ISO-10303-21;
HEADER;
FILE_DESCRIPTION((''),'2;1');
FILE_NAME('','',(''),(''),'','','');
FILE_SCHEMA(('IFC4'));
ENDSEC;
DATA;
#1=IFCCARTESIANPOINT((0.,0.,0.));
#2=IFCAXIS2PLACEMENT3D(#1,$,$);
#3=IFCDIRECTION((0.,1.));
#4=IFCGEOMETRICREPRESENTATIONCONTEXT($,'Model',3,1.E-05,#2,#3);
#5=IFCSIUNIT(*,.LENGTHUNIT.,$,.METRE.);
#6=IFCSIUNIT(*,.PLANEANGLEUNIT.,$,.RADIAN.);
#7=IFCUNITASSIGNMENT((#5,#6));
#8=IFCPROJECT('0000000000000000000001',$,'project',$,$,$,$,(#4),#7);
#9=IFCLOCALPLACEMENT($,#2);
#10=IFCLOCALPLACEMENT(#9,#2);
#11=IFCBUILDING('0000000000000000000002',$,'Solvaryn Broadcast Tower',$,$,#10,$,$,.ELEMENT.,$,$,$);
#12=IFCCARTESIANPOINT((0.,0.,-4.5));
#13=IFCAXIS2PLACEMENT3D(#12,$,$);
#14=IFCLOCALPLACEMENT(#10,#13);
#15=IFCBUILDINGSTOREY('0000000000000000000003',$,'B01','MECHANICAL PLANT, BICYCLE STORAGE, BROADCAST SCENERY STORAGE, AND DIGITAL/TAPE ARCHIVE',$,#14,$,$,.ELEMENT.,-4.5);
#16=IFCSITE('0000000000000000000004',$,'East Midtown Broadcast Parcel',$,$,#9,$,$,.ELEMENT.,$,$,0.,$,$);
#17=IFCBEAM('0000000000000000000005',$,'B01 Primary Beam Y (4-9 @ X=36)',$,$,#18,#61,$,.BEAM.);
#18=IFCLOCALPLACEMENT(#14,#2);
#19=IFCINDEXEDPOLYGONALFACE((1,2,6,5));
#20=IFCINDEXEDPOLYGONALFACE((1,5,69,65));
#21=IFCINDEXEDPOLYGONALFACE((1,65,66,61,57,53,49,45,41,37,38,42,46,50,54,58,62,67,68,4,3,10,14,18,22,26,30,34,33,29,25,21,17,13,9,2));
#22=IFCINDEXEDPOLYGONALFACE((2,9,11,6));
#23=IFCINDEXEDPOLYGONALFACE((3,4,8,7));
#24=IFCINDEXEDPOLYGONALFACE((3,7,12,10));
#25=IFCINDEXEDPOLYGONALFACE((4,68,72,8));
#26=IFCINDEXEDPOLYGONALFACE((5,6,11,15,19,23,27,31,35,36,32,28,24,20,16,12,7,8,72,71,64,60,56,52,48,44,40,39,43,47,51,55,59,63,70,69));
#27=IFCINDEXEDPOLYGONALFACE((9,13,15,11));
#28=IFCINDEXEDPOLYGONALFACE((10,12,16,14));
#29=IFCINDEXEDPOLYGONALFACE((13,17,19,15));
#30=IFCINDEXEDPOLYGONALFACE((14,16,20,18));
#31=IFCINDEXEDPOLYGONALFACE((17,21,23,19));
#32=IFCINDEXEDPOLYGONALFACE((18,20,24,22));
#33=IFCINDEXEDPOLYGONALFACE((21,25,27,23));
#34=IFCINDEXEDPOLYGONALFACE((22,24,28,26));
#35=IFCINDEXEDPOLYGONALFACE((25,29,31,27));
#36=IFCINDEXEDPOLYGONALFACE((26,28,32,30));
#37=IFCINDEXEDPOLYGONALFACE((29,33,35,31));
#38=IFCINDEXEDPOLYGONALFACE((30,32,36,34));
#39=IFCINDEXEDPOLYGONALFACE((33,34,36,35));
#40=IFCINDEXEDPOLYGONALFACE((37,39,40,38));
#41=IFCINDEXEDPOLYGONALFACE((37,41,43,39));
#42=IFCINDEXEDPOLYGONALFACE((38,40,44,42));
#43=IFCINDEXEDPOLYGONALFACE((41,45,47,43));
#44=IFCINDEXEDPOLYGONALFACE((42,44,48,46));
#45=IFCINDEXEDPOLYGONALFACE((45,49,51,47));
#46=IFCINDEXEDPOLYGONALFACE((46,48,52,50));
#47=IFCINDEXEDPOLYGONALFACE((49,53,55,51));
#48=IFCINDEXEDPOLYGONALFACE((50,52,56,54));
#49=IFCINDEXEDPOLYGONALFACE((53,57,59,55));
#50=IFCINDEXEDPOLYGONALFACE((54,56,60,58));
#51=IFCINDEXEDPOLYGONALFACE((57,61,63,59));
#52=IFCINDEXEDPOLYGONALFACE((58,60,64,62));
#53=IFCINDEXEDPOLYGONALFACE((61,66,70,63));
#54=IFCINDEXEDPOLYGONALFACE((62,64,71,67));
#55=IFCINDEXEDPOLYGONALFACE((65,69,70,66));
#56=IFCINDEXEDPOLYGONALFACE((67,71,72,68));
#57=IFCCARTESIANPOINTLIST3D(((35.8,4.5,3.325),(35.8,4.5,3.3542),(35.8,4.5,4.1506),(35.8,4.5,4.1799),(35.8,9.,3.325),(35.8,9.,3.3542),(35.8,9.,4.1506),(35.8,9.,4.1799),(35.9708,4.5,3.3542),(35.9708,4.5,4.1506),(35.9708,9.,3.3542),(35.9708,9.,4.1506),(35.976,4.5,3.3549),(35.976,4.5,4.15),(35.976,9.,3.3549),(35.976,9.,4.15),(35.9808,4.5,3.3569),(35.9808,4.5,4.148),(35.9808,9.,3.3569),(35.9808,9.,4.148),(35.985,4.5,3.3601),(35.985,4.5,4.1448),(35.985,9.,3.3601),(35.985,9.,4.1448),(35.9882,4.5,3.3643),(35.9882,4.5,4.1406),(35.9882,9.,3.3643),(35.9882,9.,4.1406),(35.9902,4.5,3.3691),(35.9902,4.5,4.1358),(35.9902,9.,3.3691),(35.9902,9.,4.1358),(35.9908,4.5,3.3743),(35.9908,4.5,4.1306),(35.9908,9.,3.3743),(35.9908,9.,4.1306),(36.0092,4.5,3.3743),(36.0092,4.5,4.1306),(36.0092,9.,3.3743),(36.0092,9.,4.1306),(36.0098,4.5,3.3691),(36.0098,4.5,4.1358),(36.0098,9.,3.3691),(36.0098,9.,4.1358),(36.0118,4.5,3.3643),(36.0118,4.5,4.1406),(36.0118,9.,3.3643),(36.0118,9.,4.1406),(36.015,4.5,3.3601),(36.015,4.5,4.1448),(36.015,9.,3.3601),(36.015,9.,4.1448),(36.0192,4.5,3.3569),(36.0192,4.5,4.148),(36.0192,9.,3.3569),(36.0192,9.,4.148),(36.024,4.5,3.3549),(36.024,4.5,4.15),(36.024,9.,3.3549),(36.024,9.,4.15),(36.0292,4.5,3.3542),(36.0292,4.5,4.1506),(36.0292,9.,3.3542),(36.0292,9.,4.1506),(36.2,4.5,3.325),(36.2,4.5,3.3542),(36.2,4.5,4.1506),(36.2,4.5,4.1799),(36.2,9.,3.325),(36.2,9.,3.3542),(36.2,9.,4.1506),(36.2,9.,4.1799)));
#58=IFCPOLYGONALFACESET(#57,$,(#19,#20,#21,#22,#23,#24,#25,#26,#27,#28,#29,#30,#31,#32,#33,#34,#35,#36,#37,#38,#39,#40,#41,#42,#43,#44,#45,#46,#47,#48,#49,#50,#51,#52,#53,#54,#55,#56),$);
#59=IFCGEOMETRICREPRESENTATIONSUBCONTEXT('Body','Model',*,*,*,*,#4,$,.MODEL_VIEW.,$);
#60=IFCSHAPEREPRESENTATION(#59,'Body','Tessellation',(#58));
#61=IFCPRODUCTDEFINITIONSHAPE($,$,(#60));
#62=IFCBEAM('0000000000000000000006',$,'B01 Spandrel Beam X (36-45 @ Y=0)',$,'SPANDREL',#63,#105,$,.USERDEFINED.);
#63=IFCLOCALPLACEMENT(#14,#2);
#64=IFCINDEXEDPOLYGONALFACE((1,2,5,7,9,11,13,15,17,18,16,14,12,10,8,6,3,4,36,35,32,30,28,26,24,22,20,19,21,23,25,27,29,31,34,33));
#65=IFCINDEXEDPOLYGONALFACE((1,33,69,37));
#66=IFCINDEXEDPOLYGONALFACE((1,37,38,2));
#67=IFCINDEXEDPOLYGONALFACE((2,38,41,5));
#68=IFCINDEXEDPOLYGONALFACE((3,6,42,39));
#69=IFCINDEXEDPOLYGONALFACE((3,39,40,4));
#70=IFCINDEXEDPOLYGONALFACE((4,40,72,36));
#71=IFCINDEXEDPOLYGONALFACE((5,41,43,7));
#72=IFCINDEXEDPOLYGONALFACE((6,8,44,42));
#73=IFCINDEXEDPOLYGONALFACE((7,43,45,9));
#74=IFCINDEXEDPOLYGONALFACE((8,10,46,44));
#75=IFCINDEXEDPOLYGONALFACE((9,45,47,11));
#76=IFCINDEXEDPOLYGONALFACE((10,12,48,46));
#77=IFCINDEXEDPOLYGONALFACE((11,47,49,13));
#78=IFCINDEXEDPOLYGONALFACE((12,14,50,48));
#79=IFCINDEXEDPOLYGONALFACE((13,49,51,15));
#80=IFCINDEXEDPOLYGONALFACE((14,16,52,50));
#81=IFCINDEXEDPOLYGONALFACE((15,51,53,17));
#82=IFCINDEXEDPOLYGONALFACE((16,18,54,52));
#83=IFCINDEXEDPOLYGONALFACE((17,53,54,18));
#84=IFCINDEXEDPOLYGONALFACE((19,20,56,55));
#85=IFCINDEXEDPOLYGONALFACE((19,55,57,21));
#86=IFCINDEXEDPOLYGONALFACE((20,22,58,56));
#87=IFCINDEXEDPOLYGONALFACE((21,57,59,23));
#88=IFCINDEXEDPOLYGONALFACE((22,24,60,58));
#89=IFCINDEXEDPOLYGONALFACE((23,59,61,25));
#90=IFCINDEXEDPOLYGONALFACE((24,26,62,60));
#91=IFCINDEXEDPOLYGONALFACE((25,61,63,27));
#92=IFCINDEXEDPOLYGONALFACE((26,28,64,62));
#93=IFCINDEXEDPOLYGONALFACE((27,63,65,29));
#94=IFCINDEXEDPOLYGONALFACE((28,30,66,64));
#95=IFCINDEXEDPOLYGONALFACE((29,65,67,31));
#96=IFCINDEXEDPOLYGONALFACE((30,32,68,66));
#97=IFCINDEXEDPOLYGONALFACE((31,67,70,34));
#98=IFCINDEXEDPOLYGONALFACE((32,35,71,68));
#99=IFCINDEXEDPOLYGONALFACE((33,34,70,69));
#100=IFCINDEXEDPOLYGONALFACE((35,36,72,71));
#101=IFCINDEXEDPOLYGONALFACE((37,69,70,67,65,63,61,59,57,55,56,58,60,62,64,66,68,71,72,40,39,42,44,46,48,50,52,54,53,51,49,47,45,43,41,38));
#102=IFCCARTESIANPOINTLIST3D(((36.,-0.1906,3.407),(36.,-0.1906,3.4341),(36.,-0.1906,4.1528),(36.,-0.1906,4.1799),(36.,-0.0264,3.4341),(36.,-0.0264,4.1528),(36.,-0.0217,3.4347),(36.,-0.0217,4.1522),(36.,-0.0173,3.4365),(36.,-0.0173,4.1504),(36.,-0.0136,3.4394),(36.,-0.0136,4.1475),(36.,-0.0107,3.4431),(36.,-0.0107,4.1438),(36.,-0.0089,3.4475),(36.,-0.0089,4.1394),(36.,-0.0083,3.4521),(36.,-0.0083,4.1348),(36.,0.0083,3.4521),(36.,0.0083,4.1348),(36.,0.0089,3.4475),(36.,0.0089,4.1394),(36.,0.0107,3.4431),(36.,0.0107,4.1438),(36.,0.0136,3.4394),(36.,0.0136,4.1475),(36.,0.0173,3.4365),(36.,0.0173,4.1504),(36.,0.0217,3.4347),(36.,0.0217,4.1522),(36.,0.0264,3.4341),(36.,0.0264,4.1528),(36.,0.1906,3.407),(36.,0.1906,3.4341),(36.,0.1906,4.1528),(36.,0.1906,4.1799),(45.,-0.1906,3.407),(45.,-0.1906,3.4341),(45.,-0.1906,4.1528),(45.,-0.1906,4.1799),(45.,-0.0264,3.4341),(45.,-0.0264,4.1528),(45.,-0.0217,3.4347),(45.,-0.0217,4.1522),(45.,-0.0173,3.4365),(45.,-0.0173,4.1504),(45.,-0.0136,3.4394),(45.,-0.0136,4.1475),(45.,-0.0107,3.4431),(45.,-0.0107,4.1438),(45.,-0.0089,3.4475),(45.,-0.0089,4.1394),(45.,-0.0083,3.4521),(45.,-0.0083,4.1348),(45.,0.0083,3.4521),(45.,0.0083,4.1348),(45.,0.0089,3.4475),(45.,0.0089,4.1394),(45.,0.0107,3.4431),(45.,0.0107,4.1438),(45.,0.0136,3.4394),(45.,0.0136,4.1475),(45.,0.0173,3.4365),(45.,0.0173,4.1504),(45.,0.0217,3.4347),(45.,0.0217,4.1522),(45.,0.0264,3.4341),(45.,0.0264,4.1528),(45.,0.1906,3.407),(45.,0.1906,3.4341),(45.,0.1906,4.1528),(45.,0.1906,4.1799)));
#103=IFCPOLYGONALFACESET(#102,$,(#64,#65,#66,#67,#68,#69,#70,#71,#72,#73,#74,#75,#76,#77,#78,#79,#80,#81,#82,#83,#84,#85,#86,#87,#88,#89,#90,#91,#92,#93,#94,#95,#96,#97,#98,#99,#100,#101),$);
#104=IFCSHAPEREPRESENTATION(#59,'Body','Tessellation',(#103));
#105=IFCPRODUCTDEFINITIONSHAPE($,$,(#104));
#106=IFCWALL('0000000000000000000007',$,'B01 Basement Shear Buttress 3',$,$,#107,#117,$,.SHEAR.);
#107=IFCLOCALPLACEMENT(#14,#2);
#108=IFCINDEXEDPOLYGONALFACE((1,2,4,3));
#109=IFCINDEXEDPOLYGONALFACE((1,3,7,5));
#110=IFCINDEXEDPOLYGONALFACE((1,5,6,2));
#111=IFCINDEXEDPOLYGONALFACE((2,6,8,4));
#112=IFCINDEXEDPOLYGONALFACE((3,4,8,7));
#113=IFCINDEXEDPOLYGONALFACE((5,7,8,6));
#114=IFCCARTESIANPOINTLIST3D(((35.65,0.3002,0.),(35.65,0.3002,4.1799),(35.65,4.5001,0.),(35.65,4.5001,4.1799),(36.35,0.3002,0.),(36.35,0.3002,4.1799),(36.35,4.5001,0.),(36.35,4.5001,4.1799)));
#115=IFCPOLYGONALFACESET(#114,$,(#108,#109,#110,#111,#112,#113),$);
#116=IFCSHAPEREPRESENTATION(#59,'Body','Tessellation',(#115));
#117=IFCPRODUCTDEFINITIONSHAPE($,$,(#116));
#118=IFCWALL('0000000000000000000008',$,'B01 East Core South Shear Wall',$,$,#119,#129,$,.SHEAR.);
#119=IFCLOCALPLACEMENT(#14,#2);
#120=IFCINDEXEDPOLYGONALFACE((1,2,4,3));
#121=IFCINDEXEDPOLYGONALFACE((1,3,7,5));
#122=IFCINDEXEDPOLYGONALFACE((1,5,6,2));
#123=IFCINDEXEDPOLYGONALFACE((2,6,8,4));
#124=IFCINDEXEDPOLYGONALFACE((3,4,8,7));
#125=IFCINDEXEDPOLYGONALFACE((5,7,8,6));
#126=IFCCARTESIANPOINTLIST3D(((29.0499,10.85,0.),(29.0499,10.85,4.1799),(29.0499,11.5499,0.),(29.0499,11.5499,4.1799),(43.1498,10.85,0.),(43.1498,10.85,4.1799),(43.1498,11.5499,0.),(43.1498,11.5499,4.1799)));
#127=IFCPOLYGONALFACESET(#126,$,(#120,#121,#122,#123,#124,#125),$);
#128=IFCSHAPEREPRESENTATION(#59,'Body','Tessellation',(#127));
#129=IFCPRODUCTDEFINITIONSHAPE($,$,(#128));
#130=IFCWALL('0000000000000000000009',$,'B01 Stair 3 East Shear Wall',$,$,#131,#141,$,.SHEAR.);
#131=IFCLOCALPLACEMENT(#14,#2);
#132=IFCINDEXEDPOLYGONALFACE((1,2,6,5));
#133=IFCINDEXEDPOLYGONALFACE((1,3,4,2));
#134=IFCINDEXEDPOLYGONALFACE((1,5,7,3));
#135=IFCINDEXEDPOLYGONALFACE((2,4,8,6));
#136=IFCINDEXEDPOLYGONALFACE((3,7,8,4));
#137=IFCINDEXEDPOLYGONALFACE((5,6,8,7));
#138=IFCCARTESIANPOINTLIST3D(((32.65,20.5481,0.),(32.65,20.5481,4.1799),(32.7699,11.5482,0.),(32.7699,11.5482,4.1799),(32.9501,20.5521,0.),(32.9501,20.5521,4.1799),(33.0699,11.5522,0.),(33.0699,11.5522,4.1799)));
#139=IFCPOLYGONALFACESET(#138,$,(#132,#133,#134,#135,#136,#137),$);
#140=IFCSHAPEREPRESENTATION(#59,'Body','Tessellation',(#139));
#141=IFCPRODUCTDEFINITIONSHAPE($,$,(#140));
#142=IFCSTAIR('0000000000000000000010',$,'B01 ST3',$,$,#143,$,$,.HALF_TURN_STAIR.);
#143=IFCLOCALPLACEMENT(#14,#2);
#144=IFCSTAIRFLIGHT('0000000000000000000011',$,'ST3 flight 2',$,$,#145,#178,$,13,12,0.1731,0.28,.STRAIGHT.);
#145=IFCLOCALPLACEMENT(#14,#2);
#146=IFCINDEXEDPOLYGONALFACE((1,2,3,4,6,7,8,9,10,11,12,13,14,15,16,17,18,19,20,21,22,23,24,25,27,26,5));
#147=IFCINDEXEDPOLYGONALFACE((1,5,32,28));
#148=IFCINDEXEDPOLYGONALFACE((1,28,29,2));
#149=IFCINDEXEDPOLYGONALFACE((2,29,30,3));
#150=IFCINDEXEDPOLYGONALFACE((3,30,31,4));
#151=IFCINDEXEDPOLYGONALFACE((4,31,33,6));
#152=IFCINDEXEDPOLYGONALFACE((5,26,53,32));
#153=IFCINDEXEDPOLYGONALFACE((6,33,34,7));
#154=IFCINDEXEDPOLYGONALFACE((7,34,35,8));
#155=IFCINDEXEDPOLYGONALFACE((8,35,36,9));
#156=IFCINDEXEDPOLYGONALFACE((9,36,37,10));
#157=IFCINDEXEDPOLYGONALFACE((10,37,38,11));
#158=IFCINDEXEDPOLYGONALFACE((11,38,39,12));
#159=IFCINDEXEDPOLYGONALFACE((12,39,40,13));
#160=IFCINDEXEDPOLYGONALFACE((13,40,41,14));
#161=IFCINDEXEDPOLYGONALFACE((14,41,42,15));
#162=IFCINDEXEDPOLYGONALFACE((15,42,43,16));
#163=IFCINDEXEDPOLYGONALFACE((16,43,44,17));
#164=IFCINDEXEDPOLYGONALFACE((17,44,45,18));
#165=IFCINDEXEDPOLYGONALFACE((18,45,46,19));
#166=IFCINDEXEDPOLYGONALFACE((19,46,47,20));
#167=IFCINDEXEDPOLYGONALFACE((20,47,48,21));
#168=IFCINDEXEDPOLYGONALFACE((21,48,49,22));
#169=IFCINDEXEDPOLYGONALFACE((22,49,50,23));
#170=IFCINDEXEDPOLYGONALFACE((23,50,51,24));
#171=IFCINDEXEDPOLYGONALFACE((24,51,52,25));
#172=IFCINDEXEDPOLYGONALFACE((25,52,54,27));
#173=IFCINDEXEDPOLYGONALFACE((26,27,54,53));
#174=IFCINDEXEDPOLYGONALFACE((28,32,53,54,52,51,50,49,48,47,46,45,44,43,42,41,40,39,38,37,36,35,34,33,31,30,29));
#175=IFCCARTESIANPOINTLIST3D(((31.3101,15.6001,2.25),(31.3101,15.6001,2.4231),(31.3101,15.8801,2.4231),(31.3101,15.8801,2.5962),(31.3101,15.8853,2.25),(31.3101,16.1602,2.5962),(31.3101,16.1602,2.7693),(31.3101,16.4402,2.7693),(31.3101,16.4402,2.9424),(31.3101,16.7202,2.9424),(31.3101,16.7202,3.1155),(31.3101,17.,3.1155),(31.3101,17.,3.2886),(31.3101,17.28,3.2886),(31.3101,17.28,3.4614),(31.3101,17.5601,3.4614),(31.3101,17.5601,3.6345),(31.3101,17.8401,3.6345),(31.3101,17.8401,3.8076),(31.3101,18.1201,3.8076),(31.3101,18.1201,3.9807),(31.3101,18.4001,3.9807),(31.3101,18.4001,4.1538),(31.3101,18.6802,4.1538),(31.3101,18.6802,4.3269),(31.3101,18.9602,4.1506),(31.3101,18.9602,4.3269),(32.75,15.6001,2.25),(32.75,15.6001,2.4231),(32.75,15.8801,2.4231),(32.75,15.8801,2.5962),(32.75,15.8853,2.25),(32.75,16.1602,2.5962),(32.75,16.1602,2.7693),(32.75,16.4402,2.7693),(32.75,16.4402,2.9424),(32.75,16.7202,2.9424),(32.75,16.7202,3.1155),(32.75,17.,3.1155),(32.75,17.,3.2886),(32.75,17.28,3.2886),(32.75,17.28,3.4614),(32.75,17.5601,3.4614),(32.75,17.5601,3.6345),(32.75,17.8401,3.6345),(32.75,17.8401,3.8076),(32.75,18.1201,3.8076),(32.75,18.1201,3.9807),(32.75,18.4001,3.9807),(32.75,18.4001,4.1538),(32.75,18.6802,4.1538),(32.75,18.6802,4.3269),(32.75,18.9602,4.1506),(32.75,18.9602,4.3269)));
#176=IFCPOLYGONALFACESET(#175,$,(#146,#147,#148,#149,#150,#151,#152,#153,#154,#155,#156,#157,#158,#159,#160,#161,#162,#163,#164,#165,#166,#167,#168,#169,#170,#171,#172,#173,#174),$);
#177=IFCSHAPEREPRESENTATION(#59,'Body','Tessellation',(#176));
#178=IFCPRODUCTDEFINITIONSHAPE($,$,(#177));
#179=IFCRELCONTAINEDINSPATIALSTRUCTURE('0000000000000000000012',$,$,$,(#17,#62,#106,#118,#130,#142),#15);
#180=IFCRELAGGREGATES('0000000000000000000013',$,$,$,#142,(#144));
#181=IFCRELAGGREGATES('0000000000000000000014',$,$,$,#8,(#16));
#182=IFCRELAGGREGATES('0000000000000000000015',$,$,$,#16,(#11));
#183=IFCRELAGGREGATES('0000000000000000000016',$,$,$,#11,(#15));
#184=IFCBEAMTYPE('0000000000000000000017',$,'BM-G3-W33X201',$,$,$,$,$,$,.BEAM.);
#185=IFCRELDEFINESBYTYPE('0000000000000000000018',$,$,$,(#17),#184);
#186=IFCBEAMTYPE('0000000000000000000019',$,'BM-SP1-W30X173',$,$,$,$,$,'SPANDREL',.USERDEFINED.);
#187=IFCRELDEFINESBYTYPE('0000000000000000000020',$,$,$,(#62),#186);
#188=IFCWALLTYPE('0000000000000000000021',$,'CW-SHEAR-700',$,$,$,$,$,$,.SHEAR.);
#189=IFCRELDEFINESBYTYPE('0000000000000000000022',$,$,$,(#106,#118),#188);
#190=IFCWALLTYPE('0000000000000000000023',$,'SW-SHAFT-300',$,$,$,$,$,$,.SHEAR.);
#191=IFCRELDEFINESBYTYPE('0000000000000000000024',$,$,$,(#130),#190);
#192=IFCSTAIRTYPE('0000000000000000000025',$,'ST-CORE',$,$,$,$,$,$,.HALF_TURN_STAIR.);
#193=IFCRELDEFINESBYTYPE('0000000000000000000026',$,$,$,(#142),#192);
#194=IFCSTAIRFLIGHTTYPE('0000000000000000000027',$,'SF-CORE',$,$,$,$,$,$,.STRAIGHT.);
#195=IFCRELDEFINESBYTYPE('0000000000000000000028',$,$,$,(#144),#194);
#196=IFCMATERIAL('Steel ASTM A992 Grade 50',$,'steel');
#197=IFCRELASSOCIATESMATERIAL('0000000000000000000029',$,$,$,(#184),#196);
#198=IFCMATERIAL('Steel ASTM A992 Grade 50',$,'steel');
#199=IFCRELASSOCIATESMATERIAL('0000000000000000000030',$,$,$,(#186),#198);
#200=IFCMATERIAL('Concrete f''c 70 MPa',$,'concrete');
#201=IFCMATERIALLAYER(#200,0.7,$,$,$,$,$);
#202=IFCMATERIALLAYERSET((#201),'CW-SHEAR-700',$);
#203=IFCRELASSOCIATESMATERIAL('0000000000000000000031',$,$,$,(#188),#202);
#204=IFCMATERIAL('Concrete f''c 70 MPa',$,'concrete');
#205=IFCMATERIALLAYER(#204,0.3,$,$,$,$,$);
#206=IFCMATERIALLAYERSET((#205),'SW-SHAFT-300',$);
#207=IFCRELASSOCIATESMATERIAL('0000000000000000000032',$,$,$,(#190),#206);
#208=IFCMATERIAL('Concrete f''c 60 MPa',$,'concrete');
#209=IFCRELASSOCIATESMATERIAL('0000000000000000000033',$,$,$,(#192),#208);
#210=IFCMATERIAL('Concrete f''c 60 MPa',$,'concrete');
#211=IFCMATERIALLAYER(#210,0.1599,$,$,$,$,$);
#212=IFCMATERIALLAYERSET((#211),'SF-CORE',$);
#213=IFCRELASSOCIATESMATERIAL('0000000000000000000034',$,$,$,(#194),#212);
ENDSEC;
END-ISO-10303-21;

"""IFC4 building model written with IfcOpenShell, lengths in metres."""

from ifc_helpers import new_model, si_unit, direction, frame, frame_2d, origin, origin_2d, place, context, subcontext, project, spatial, polyline, rectangle, i_section, outline, extrude, material, layer, layer_set, material_profile, profile_set, type_object, element, aggregate, save


model = new_model("IFC4")

# Units and contexts
model_context = context("Model", 3, precision=1e-05, world=origin(), true_north=direction((0.0, 1.0)))
body_context = subcontext(model_context, "Body", "Model", "MODEL_VIEW")
ifc_project = project(units=[si_unit("LENGTHUNIT", "METRE"), si_unit("PLANEANGLEUNIT", "RADIAN")], contexts=[model_context])

# Site, building, storey
site_placement = place(None, origin())
site = spatial("IfcSite", under=ifc_project, at=site_placement, Name="East Midtown Broadcast Parcel", CompositionType="ELEMENT", RefElevation=0.0)
building_placement = place(site_placement, origin())
building = spatial("IfcBuilding", under=site, at=building_placement, Name="Solvaryn Broadcast Tower", CompositionType="ELEMENT")
storey_placement = place(building_placement, frame((0.0, 0.0, -4.5)))
storey = spatial("IfcBuildingStorey", under=building, at=storey_placement, Name="B01", Description="MECHANICAL PLANT, BICYCLE STORAGE, BROADCAST SCENERY STORAGE, AND DIGITAL/TAPE ARCHIVE", CompositionType="ELEMENT", Elevation=-4.5)

# Beams
ifc_material_1 = material(Name="Steel ASTM A992 Grade 50", Category="steel")
ifc_material_profile_1 = material_profile(ifc_material_1, i_section(OverallWidth=0.3999, OverallDepth=0.855, WebThickness=0.0183, FlangeThickness=0.0293, FilletRadius=0.02, at=origin_2d()))
ifc_profile_set_1 = profile_set([ifc_material_profile_1], Name="Steel ASTM A992 Grade 50")
beam_type_1 = type_object("IfcBeamType", Name="BM-G3-W33X201", PredefinedType="BEAM", material=ifc_profile_set_1)
for number, where, z_axis, x_axis, name in (
    (1, (36.0, 4.5, 3.7524), (0.0, 1.0, 0.0), (-1.0, 0.0, 0.0), "B01 Primary Beam Y (4-9 @ X=36)"),
):
    element("IfcBeam", number, at=place(storey_placement, frame(where, z_axis=z_axis, x_axis=x_axis)), inside=storey, type_object=beam_type_1, Name=name, PredefinedType="BEAM", context=body_context, shape_type="SweptSolid", body=[
        extrude(i_section(OverallWidth=0.3999, OverallDepth=0.855, WebThickness=0.0183, FlangeThickness=0.0293, FilletRadius=0.02, at=origin_2d()), origin(), (0.0, 0.0, 1.0), 4.5),
    ])
ifc_material_2 = material(Name="Steel ASTM A992 Grade 50", Category="steel")
ifc_material_profile_2 = material_profile(ifc_material_2, i_section(OverallWidth=0.3811, OverallDepth=0.7729, WebThickness=0.0166, FlangeThickness=0.0271, FilletRadius=0.0181, at=origin_2d()))
ifc_profile_set_2 = profile_set([ifc_material_profile_2], Name="Steel ASTM A992 Grade 50")
beam_type_2 = type_object("IfcBeamType", Name="BM-SP1-W30X173", ElementType="SPANDREL", PredefinedType="USERDEFINED", material=ifc_profile_set_2)
beam_1_placement = place(storey_placement, frame((36.0, 0.0, 3.7935), z_axis=(1.0, 0.0, 0.0), x_axis=(0.0, 1.0, 0.0)))
element("IfcBeam", 2, at=beam_1_placement, inside=storey, type_object=beam_type_2, Name="B01 Spandrel Beam X (36-45 @ Y=0)", ObjectType="SPANDREL", PredefinedType="USERDEFINED", context=body_context, shape_type="SweptSolid", body=[
    extrude(i_section(OverallWidth=0.3811, OverallDepth=0.7729, WebThickness=0.0166, FlangeThickness=0.0271, FilletRadius=0.0181, at=origin_2d()), origin(), (0.0, 0.0, 1.0), 9.0),
])

# Walls
ifc_material_3 = material(Name="Concrete f'c 70 MPa", Category="concrete")
ifc_layer_1 = layer(ifc_material_3, 0.7)
ifc_layer_set_1 = layer_set([ifc_layer_1], Name="CW-SHEAR-700")
wall_type_1 = type_object("IfcWallType", Name="CW-SHEAR-700", PredefinedType="SHEAR", material=ifc_layer_set_1)
wall_1_placement = place(storey_placement, frame((36.0, 0.3, 0.0), z_axis=(0.0, 0.0, 1.0), x_axis=(0.0, 1.0, 0.0)))
element("IfcWall", 3, at=wall_1_placement, inside=storey, type_object=wall_type_1, Name="B01 Basement Shear Buttress 3", PredefinedType="SHEAR", context=body_context, shape_type="SweptSolid", body=[
    extrude(rectangle(XDim=4.2, YDim=0.7, at=frame_2d((2.1001, 0.0))), origin(), (0.0, 0.0, 1.0), 4.1799),
])
wall_2_placement = place(storey_placement, frame((29.05, 11.2, 0.0), z_axis=(0.0, 0.0, 1.0), x_axis=(1.0, 0.0, 0.0)))
element("IfcWall", 4, at=wall_2_placement, inside=storey, type_object=wall_type_1, Name="B01 East Core South Shear Wall", PredefinedType="SHEAR", context=body_context, shape_type="SweptSolid", body=[
    extrude(rectangle(XDim=14.0999, YDim=0.7, at=frame_2d((7.0498, 0.0))), origin(), (0.0, 0.0, 1.0), 4.1799),
])

# Wall
ifc_material_4 = material(Name="Concrete f'c 70 MPa", Category="concrete")
ifc_layer_2 = layer(ifc_material_4, 0.3)
ifc_layer_set_2 = layer_set([ifc_layer_2], Name="SW-SHAFT-300")
wall_type_2 = type_object("IfcWallType", Name="SW-SHAFT-300", PredefinedType="SHEAR", material=ifc_layer_set_2)
wall_3_placement = place(storey_placement, frame((32.9199, 11.55, 0.0), z_axis=(0.0, 0.0, 1.0), x_axis=(-0.013318, 0.999911, 0.0)))
element("IfcWall", 5, at=wall_3_placement, inside=storey, type_object=wall_type_2, Name="B01 Stair 3 East Shear Wall", PredefinedType="SHEAR", context=body_context, shape_type="SweptSolid", body=[
    extrude(rectangle(XDim=9.0007, YDim=0.3, at=frame_2d((4.5005, 0.0))), origin(), (0.0, 0.0, 1.0), 4.1799),
])

# Stair, stair flight
ifc_material_5 = material(Name="Concrete f'c 60 MPa", Category="concrete")
stair_type = type_object("IfcStairType", Name="ST-CORE", PredefinedType="HALF_TURN_STAIR", material=ifc_material_5)
stair_placement = place(storey_placement, origin())
stair = element("IfcStair", 6, at=stair_placement, inside=storey, type_object=stair_type, Name="B01 ST3", PredefinedType="HALF_TURN_STAIR")
ifc_material_6 = material(Name="Concrete f'c 60 MPa", Category="concrete")
ifc_layer_3 = layer(ifc_material_6, 0.1599)
ifc_layer_set_3 = layer_set([ifc_layer_3], Name="SF-CORE")
stair_flight_type = type_object("IfcStairFlightType", Name="SF-CORE", PredefinedType="STRAIGHT", material=ifc_layer_set_3)
stair_flight_placement = place(storey_placement, frame((32.03, 15.6001, 2.25), z_axis=(0.0, 0.0, 1.0), x_axis=(0.0, 1.0, 0.0)))
stair_flight = element("IfcStairFlight", 7, at=stair_flight_placement, type_object=stair_flight_type, Name="ST3 flight 2", NumberOfRisers=13, NumberOfTreads=12, PredefinedType="STRAIGHT", RiserHeight=0.1731, TreadLength=0.28, context=body_context, shape_type="SweptSolid", body=[
    extrude(outline(polyline([(0.0, 0.0), (0.0, 0.1731), (0.28, 0.1731), (0.28, 0.3462), (0.5601, 0.3462), (0.5601, 0.5193), (0.8401, 0.5193), (0.8401, 0.6924), (1.1201, 0.6924), (1.1201, 0.8655), (1.3999, 0.8655), (1.3999, 1.0386), (1.6799, 1.0386), (1.6799, 1.2114), (1.96, 1.2114), (1.96, 1.3845), (2.24, 1.3845), (2.24, 1.5576), (2.52, 1.5576), (2.52, 1.7307), (2.8, 1.7307), (2.8, 1.9038), (3.0801, 1.9038), (3.0801, 2.0769), (3.3601, 2.0769), (3.3601, 2.25), (3.3601, 1.9006), (0.2852, 0.0), (0.0, 0.0)])), frame((0.0, 0.72, 0.0), z_axis=(0.0, -1.0, 0.0), x_axis=(1.0, 0.0, 0.0)), (0.0, 0.0, 1.0), 1.4399),
])
aggregate(stair, [stair_flight])

save(model, "model.ifc")
